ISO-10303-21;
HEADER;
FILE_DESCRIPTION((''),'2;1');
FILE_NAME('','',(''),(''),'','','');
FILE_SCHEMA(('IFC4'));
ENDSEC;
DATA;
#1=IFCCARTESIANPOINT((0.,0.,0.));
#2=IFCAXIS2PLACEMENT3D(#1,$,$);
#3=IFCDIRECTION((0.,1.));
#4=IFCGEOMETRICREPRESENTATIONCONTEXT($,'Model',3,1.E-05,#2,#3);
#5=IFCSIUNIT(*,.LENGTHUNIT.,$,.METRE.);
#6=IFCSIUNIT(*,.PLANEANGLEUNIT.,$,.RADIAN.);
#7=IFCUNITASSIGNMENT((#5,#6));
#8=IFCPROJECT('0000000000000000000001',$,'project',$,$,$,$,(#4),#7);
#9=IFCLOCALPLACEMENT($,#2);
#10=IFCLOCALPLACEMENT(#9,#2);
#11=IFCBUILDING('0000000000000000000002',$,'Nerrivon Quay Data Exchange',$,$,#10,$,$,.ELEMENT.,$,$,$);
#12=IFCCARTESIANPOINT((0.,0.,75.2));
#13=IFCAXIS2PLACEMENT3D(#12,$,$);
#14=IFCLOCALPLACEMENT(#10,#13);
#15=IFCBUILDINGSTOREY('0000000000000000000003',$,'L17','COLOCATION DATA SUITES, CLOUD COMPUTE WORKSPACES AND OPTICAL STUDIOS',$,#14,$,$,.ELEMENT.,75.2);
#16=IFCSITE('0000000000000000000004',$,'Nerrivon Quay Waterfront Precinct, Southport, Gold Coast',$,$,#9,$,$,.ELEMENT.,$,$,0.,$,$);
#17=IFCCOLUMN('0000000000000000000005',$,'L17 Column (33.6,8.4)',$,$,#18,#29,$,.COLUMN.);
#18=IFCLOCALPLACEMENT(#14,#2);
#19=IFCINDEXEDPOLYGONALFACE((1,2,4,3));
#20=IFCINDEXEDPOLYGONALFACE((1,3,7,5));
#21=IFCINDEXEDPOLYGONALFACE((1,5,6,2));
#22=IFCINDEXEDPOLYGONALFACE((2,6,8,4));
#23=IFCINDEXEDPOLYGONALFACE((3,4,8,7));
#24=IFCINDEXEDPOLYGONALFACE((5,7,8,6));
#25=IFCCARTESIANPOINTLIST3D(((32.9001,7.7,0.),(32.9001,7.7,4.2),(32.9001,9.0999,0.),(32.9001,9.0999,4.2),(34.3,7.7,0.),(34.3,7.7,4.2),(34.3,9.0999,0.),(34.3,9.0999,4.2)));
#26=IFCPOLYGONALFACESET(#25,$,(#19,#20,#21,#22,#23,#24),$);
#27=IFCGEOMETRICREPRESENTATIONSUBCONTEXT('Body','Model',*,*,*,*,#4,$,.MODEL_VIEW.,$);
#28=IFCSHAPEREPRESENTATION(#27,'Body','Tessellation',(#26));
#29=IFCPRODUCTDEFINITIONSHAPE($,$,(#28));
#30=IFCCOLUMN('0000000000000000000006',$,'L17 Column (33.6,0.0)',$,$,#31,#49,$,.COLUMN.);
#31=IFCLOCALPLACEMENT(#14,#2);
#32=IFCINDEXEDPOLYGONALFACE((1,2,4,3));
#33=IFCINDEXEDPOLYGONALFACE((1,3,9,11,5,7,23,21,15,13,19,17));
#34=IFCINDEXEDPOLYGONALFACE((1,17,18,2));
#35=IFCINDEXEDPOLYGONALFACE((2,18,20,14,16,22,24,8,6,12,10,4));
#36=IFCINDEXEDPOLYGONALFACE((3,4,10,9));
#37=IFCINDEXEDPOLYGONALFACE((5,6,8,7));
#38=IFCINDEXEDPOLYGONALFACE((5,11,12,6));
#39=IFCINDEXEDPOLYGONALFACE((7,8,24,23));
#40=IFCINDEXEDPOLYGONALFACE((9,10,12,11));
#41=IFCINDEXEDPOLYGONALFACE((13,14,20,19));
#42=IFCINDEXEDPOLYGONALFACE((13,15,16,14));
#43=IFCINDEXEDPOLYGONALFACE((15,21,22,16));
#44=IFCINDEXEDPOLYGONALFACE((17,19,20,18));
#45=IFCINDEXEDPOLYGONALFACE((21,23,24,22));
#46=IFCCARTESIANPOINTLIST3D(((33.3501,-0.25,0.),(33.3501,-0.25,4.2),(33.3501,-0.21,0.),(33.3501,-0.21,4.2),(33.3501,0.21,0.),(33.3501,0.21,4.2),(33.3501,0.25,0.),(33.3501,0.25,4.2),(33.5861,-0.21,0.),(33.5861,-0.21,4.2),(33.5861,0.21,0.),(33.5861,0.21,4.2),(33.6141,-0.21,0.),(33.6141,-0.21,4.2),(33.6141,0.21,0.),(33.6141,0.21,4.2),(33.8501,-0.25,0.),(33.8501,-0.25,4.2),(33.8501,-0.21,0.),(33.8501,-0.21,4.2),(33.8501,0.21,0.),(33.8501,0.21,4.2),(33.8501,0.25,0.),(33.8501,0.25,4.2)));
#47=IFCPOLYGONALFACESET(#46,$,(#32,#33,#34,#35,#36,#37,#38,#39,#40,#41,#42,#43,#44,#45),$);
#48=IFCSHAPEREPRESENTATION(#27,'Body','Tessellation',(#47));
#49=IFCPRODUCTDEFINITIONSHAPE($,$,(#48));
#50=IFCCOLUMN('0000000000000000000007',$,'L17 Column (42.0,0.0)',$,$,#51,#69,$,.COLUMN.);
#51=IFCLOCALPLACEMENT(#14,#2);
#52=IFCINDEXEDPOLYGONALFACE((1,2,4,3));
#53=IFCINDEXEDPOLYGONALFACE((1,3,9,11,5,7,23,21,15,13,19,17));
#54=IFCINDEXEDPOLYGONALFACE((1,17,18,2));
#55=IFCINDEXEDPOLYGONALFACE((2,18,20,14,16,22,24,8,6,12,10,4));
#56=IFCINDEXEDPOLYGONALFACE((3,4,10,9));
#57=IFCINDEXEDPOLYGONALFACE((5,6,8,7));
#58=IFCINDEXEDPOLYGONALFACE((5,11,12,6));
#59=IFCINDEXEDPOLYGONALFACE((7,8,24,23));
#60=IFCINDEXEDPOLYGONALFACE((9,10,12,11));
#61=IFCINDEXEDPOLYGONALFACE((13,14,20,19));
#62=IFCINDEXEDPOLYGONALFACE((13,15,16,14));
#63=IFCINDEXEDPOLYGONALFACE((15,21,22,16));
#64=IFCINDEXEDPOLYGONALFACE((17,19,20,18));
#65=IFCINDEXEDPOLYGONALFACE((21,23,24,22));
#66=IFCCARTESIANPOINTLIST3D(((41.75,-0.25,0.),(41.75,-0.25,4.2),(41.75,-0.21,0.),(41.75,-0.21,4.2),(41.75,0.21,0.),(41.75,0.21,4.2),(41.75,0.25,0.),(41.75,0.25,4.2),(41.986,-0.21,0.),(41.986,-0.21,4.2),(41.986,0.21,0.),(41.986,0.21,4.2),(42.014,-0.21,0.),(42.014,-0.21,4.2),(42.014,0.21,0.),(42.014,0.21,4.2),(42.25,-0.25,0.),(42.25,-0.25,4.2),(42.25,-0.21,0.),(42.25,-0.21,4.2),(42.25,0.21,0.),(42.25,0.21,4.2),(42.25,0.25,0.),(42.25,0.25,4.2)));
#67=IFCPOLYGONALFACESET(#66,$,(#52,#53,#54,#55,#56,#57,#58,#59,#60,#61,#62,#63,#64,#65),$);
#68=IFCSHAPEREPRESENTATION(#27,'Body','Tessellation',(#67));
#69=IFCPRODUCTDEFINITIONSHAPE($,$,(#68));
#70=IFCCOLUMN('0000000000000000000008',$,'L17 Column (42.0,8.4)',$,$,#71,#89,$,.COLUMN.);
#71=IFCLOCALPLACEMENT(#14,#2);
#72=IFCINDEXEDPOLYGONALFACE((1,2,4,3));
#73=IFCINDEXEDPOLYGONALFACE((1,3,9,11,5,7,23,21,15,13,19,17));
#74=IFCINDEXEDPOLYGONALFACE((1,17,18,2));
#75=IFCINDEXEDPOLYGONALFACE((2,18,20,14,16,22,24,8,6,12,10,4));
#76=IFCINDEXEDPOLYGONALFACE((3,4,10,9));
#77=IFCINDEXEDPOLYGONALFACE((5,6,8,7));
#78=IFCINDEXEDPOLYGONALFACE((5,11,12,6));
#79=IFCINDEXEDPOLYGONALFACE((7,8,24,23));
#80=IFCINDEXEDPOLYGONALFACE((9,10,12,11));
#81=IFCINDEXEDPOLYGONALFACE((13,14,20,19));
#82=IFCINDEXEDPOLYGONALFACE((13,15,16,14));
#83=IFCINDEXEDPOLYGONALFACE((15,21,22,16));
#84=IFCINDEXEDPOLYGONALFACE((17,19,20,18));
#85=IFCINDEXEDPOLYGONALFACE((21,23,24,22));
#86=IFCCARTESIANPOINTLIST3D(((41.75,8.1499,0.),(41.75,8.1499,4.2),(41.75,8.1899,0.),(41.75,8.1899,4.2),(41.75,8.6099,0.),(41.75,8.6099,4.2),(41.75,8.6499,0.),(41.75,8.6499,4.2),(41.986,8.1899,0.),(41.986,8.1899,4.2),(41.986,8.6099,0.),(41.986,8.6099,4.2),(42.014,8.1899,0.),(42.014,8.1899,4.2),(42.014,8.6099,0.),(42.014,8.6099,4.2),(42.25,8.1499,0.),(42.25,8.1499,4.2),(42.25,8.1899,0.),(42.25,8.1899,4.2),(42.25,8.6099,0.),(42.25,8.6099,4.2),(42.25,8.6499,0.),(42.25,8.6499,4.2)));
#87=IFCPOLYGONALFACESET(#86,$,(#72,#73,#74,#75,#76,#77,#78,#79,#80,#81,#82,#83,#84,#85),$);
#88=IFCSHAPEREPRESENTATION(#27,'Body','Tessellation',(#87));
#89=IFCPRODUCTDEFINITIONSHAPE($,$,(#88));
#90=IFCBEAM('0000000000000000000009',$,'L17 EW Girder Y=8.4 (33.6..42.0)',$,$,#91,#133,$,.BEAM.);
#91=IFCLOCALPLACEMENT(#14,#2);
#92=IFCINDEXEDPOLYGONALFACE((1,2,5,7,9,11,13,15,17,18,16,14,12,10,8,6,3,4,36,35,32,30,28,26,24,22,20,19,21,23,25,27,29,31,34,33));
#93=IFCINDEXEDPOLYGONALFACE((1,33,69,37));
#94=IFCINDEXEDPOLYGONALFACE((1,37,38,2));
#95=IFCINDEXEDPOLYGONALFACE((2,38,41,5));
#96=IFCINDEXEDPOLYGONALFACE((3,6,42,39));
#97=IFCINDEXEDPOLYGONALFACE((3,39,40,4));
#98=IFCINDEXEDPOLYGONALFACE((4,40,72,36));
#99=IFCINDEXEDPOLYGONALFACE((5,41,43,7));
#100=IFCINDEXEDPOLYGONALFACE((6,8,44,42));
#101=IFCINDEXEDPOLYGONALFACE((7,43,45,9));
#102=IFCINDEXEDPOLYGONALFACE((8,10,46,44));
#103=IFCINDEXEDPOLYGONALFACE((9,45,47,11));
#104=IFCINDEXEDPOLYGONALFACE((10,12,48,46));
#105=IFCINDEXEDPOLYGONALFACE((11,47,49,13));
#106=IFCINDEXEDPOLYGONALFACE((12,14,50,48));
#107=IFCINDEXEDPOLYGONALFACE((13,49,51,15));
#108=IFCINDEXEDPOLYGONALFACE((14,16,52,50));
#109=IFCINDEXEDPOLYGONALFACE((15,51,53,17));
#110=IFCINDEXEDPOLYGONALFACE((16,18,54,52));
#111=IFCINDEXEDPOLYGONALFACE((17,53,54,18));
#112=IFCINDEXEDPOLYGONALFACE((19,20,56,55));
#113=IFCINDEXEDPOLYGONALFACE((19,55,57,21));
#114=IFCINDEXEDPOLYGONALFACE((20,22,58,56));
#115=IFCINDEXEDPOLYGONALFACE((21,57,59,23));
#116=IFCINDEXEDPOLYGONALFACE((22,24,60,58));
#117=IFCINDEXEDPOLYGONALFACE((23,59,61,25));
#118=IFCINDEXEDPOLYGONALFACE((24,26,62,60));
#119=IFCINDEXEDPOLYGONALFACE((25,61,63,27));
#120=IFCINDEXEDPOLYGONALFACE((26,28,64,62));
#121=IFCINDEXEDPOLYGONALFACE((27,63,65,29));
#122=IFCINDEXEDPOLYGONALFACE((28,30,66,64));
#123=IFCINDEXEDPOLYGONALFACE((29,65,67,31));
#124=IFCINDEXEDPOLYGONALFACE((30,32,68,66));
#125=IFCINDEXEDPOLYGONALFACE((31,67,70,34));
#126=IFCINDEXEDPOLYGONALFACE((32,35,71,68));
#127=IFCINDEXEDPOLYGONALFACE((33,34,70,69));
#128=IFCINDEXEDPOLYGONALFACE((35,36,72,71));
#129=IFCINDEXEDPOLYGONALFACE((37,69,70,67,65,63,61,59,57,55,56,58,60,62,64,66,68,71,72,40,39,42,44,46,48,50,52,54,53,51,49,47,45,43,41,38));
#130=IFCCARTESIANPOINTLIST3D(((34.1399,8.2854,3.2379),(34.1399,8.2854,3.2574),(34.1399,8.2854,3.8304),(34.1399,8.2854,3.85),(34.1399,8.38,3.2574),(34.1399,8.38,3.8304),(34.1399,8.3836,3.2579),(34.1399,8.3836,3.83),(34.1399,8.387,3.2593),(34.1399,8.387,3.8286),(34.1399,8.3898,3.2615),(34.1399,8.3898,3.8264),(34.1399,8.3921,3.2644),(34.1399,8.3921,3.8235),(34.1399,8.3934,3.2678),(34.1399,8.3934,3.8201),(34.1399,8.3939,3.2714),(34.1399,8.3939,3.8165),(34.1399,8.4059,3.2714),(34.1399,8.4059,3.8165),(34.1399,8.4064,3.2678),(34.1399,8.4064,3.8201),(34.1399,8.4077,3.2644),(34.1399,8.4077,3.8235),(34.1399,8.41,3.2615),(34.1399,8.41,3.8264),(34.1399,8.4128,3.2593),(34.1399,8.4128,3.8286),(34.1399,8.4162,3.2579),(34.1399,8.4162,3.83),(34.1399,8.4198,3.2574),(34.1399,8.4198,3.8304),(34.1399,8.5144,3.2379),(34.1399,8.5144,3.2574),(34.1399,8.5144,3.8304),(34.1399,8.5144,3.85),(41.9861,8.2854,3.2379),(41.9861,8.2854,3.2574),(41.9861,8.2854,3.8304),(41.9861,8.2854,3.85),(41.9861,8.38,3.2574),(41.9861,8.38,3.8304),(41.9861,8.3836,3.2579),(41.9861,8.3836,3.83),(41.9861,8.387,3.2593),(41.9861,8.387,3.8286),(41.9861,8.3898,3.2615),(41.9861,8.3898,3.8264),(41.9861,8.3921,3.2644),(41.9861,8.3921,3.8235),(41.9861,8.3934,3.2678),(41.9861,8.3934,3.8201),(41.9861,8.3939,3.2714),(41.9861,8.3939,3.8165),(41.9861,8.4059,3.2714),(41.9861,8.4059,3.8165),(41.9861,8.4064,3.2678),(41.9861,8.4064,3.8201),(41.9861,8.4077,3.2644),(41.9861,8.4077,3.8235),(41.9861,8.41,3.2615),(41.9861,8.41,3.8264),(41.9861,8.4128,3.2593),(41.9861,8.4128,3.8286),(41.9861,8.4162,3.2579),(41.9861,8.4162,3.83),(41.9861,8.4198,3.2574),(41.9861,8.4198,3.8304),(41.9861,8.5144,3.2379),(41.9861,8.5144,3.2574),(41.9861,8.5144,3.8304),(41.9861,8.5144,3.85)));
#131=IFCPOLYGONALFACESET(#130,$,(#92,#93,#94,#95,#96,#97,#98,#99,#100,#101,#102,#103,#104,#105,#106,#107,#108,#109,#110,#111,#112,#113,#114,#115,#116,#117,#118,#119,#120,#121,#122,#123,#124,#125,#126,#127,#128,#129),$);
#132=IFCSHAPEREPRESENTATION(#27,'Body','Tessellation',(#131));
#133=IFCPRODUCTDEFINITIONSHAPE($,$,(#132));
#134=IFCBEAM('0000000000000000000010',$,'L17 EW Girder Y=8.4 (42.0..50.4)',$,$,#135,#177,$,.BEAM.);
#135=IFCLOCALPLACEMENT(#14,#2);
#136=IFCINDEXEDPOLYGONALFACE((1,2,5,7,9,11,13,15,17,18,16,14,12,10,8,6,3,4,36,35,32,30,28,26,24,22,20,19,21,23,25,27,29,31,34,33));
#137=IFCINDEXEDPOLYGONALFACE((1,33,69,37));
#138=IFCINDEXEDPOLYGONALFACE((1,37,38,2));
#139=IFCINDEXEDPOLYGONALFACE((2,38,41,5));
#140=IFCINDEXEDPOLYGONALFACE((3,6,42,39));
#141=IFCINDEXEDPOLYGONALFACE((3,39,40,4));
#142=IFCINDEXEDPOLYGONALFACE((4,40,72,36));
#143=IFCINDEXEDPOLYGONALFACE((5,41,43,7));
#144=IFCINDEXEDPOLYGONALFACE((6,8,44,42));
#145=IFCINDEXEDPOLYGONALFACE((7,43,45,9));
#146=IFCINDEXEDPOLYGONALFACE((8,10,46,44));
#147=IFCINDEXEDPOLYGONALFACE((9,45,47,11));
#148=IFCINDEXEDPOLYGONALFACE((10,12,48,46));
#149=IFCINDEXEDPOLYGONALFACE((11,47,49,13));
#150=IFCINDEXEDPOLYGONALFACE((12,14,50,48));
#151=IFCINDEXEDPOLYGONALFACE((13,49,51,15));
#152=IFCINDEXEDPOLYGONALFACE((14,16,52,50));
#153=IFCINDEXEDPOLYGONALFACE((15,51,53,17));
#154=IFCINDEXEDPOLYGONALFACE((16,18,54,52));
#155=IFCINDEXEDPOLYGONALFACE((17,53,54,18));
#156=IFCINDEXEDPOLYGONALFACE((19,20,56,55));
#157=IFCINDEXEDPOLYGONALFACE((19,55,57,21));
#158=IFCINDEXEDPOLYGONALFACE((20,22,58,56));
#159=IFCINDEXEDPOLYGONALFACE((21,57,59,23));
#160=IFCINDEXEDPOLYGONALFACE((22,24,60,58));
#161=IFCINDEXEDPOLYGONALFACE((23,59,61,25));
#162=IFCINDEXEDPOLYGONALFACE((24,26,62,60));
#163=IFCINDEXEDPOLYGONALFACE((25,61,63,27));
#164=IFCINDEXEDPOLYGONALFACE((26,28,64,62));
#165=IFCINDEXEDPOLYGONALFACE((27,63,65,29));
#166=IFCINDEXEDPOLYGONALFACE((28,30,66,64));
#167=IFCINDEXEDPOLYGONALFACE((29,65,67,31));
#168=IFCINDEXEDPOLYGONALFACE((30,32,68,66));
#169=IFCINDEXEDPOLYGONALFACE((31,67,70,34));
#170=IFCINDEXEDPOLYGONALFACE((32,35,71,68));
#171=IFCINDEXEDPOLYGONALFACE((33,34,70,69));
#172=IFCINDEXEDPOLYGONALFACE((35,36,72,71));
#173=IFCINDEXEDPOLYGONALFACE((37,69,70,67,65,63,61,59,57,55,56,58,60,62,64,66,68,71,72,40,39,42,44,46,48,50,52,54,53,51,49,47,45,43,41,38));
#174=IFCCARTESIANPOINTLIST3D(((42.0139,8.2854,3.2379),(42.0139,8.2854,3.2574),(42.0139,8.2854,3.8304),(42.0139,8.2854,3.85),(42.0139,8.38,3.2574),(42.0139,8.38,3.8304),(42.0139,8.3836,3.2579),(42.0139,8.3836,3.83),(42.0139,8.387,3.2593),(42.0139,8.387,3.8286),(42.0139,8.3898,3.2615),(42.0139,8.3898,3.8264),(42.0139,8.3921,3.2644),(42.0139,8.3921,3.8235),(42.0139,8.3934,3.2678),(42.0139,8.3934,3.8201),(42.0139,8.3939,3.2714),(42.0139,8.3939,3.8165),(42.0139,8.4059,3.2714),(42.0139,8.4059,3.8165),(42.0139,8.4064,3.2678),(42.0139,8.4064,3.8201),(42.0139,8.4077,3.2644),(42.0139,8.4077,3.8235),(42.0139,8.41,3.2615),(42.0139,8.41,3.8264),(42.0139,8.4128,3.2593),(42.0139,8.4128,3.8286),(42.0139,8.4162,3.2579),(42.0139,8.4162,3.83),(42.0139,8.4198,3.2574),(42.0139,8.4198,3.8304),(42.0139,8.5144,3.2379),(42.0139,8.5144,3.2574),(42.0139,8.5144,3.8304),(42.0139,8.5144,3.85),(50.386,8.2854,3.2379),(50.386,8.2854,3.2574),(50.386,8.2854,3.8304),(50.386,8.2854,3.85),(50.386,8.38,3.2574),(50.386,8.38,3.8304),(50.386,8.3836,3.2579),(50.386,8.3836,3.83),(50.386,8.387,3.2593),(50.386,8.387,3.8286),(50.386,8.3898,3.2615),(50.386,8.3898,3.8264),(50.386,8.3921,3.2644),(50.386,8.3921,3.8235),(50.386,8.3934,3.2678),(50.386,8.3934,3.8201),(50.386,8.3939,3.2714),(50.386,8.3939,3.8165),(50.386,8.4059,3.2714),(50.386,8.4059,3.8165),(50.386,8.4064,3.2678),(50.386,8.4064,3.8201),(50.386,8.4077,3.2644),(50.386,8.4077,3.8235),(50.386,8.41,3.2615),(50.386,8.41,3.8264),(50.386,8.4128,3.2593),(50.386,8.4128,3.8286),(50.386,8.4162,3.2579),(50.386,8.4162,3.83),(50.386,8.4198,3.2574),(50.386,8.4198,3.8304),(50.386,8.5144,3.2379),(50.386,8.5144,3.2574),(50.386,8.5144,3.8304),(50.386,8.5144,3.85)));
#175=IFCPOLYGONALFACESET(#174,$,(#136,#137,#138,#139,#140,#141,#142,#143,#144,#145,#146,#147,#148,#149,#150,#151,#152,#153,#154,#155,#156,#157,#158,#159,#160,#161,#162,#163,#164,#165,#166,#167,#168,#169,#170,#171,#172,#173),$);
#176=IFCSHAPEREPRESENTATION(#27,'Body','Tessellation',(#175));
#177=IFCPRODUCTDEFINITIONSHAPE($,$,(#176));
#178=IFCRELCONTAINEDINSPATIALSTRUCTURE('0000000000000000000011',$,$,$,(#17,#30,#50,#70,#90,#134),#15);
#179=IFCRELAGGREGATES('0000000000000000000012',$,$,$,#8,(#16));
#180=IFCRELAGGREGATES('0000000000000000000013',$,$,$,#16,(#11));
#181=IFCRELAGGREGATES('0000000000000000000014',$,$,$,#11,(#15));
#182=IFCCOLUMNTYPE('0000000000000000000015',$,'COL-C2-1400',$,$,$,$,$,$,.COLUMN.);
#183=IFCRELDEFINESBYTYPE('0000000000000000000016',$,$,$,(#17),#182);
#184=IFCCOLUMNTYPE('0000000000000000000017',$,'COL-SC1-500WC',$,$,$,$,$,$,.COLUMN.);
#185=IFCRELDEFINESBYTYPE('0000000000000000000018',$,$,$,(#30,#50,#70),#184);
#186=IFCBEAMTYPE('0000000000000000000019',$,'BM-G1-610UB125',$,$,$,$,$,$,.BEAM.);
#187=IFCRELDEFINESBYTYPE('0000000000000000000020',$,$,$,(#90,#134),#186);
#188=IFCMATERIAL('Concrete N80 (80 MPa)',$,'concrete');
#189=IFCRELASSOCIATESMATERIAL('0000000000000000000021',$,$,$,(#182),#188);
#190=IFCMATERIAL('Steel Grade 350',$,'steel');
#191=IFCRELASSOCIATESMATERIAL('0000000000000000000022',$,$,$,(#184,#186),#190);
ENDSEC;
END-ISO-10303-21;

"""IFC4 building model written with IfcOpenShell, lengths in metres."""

from ifc_helpers import new_model, si_unit, direction, frame, origin, origin_2d, place, context, subcontext, project, spatial, rectangle, i_section, extrude, material, material_profile, profile_set, type_object, element, save


model = new_model("IFC4")

# Units and contexts
model_context = context("Model", 3, precision=1e-05, world=origin(), true_north=direction((0.0, 1.0)))
body_context = subcontext(model_context, "Body", "Model", "MODEL_VIEW")
ifc_project = project(units=[si_unit("LENGTHUNIT", "METRE"), si_unit("PLANEANGLEUNIT", "RADIAN")], contexts=[model_context])

# Site, building, storey
site_placement = place(None, origin())
site = spatial("IfcSite", under=ifc_project, at=site_placement, Name="Nerrivon Quay Waterfront Precinct, Southport, Gold Coast", CompositionType="ELEMENT", RefElevation=0.0)
building_placement = place(site_placement, origin())
building = spatial("IfcBuilding", under=site, at=building_placement, Name="Nerrivon Quay Data Exchange", CompositionType="ELEMENT")
storey_placement = place(building_placement, frame((0.0, 0.0, 75.2)))
storey = spatial("IfcBuildingStorey", under=building, at=storey_placement, Name="L17", Description="COLOCATION DATA SUITES, CLOUD COMPUTE WORKSPACES AND OPTICAL STUDIOS", CompositionType="ELEMENT", Elevation=75.2)

# Columns
ifc_material_1 = material(Name="Concrete N80 (80 MPa)", Category="concrete")
ifc_material_profile_1 = material_profile(ifc_material_1, rectangle(XDim=1.3999, YDim=1.3999, at=origin_2d()), Name="RC-COL-1400x1400")
ifc_profile_set_1 = profile_set([ifc_material_profile_1], Name="Concrete N80 (80 MPa)")
column_type_1 = type_object("IfcColumnType", Name="COL-C2-1400", PredefinedType="COLUMN", material=ifc_profile_set_1)
column_placement = place(storey_placement, frame((33.6001, 8.3999, 0.0), z_axis=(0.0, 0.0, 1.0), x_axis=(1.0, 0.0, 0.0)))
element("IfcColumn", 1, at=column_placement, inside=storey, type_object=column_type_1, Name="L17 Column (33.6,8.4)", PredefinedType="COLUMN", context=body_context, shape_type="SweptSolid", body=[
    extrude(rectangle(XDim=1.3999, YDim=1.3999, at=origin_2d()), origin(), (0.0, 0.0, 1.0), 4.2),
])
ifc_material_2 = material(Name="Steel Grade 350", Category="steel")
ifc_material_profile_2 = material_profile(ifc_material_2, i_section(OverallWidth=0.5, OverallDepth=0.5, WebThickness=0.0281, FlangeThickness=0.04, at=origin_2d()), Name="500WC440")
ifc_profile_set_2 = profile_set([ifc_material_profile_2], Name="Steel Grade 350")
column_type_2 = type_object("IfcColumnType", Name="COL-SC1-500WC", PredefinedType="COLUMN", material=ifc_profile_set_2)
for number, where, z_axis, x_axis, name in (
    (2, (33.6001, 0.0, 0.0), (0.0, 0.0, 1.0), (1.0, 0.0, 0.0), "L17 Column (33.6,0.0)"),
    (3, (42.0, 0.0, 0.0), (0.0, 0.0, 1.0), (1.0, 0.0, 0.0), "L17 Column (42.0,0.0)"),
    (4, (42.0, 8.3999, 0.0), (0.0, 0.0, 1.0), (1.0, 0.0, 0.0), "L17 Column (42.0,8.4)"),
):
    element("IfcColumn", number, at=place(storey_placement, frame(where, z_axis=z_axis, x_axis=x_axis)), inside=storey, type_object=column_type_2, Name=name, PredefinedType="COLUMN", context=body_context, shape_type="SweptSolid", body=[
        extrude(i_section(OverallWidth=0.5, OverallDepth=0.5, WebThickness=0.0281, FlangeThickness=0.04, at=origin_2d()), origin(), (0.0, 0.0, 1.0), 4.2),
    ])

# Beams
ifc_material_profile_3 = material_profile(ifc_material_2, i_section(OverallWidth=0.229, OverallDepth=0.6121, WebThickness=0.012, FlangeThickness=0.0195, FilletRadius=0.0139, at=origin_2d()), Name="610UB125")
ifc_profile_set_3 = profile_set([ifc_material_profile_3], Name="Steel Grade 350")
beam_type_1 = type_object("IfcBeamType", Name="BM-G1-610UB125", PredefinedType="BEAM", material=ifc_profile_set_3)
beam_1_placement = place(storey_placement, frame((34.1399, 8.3999, 3.5439), z_axis=(1.0, 0.0, 0.0), x_axis=(0.0, 1.0, 0.0)))
element("IfcBeam", 5, at=beam_1_placement, inside=storey, type_object=beam_type_1, Name="L17 EW Girder Y=8.4 (33.6..42.0)", PredefinedType="BEAM", context=body_context, shape_type="SweptSolid", body=[
    extrude(i_section(OverallWidth=0.229, OverallDepth=0.6121, WebThickness=0.012, FlangeThickness=0.0195, FilletRadius=0.0139, at=origin_2d()), origin(), (0.0, 0.0, 1.0), 7.8462),
])
beam_2_placement = place(storey_placement, frame((42.0139, 8.3999, 3.5439), z_axis=(1.0, 0.0, 0.0), x_axis=(0.0, 1.0, 0.0)))
element("IfcBeam", 6, at=beam_2_placement, inside=storey, type_object=beam_type_1, Name="L17 EW Girder Y=8.4 (42.0..50.4)", PredefinedType="BEAM", context=body_context, shape_type="SweptSolid", body=[
    extrude(i_section(OverallWidth=0.229, OverallDepth=0.6121, WebThickness=0.012, FlangeThickness=0.0195, FilletRadius=0.0139, at=origin_2d()), origin(), (0.0, 0.0, 1.0), 8.3721),
])

save(model, "model.ifc")
